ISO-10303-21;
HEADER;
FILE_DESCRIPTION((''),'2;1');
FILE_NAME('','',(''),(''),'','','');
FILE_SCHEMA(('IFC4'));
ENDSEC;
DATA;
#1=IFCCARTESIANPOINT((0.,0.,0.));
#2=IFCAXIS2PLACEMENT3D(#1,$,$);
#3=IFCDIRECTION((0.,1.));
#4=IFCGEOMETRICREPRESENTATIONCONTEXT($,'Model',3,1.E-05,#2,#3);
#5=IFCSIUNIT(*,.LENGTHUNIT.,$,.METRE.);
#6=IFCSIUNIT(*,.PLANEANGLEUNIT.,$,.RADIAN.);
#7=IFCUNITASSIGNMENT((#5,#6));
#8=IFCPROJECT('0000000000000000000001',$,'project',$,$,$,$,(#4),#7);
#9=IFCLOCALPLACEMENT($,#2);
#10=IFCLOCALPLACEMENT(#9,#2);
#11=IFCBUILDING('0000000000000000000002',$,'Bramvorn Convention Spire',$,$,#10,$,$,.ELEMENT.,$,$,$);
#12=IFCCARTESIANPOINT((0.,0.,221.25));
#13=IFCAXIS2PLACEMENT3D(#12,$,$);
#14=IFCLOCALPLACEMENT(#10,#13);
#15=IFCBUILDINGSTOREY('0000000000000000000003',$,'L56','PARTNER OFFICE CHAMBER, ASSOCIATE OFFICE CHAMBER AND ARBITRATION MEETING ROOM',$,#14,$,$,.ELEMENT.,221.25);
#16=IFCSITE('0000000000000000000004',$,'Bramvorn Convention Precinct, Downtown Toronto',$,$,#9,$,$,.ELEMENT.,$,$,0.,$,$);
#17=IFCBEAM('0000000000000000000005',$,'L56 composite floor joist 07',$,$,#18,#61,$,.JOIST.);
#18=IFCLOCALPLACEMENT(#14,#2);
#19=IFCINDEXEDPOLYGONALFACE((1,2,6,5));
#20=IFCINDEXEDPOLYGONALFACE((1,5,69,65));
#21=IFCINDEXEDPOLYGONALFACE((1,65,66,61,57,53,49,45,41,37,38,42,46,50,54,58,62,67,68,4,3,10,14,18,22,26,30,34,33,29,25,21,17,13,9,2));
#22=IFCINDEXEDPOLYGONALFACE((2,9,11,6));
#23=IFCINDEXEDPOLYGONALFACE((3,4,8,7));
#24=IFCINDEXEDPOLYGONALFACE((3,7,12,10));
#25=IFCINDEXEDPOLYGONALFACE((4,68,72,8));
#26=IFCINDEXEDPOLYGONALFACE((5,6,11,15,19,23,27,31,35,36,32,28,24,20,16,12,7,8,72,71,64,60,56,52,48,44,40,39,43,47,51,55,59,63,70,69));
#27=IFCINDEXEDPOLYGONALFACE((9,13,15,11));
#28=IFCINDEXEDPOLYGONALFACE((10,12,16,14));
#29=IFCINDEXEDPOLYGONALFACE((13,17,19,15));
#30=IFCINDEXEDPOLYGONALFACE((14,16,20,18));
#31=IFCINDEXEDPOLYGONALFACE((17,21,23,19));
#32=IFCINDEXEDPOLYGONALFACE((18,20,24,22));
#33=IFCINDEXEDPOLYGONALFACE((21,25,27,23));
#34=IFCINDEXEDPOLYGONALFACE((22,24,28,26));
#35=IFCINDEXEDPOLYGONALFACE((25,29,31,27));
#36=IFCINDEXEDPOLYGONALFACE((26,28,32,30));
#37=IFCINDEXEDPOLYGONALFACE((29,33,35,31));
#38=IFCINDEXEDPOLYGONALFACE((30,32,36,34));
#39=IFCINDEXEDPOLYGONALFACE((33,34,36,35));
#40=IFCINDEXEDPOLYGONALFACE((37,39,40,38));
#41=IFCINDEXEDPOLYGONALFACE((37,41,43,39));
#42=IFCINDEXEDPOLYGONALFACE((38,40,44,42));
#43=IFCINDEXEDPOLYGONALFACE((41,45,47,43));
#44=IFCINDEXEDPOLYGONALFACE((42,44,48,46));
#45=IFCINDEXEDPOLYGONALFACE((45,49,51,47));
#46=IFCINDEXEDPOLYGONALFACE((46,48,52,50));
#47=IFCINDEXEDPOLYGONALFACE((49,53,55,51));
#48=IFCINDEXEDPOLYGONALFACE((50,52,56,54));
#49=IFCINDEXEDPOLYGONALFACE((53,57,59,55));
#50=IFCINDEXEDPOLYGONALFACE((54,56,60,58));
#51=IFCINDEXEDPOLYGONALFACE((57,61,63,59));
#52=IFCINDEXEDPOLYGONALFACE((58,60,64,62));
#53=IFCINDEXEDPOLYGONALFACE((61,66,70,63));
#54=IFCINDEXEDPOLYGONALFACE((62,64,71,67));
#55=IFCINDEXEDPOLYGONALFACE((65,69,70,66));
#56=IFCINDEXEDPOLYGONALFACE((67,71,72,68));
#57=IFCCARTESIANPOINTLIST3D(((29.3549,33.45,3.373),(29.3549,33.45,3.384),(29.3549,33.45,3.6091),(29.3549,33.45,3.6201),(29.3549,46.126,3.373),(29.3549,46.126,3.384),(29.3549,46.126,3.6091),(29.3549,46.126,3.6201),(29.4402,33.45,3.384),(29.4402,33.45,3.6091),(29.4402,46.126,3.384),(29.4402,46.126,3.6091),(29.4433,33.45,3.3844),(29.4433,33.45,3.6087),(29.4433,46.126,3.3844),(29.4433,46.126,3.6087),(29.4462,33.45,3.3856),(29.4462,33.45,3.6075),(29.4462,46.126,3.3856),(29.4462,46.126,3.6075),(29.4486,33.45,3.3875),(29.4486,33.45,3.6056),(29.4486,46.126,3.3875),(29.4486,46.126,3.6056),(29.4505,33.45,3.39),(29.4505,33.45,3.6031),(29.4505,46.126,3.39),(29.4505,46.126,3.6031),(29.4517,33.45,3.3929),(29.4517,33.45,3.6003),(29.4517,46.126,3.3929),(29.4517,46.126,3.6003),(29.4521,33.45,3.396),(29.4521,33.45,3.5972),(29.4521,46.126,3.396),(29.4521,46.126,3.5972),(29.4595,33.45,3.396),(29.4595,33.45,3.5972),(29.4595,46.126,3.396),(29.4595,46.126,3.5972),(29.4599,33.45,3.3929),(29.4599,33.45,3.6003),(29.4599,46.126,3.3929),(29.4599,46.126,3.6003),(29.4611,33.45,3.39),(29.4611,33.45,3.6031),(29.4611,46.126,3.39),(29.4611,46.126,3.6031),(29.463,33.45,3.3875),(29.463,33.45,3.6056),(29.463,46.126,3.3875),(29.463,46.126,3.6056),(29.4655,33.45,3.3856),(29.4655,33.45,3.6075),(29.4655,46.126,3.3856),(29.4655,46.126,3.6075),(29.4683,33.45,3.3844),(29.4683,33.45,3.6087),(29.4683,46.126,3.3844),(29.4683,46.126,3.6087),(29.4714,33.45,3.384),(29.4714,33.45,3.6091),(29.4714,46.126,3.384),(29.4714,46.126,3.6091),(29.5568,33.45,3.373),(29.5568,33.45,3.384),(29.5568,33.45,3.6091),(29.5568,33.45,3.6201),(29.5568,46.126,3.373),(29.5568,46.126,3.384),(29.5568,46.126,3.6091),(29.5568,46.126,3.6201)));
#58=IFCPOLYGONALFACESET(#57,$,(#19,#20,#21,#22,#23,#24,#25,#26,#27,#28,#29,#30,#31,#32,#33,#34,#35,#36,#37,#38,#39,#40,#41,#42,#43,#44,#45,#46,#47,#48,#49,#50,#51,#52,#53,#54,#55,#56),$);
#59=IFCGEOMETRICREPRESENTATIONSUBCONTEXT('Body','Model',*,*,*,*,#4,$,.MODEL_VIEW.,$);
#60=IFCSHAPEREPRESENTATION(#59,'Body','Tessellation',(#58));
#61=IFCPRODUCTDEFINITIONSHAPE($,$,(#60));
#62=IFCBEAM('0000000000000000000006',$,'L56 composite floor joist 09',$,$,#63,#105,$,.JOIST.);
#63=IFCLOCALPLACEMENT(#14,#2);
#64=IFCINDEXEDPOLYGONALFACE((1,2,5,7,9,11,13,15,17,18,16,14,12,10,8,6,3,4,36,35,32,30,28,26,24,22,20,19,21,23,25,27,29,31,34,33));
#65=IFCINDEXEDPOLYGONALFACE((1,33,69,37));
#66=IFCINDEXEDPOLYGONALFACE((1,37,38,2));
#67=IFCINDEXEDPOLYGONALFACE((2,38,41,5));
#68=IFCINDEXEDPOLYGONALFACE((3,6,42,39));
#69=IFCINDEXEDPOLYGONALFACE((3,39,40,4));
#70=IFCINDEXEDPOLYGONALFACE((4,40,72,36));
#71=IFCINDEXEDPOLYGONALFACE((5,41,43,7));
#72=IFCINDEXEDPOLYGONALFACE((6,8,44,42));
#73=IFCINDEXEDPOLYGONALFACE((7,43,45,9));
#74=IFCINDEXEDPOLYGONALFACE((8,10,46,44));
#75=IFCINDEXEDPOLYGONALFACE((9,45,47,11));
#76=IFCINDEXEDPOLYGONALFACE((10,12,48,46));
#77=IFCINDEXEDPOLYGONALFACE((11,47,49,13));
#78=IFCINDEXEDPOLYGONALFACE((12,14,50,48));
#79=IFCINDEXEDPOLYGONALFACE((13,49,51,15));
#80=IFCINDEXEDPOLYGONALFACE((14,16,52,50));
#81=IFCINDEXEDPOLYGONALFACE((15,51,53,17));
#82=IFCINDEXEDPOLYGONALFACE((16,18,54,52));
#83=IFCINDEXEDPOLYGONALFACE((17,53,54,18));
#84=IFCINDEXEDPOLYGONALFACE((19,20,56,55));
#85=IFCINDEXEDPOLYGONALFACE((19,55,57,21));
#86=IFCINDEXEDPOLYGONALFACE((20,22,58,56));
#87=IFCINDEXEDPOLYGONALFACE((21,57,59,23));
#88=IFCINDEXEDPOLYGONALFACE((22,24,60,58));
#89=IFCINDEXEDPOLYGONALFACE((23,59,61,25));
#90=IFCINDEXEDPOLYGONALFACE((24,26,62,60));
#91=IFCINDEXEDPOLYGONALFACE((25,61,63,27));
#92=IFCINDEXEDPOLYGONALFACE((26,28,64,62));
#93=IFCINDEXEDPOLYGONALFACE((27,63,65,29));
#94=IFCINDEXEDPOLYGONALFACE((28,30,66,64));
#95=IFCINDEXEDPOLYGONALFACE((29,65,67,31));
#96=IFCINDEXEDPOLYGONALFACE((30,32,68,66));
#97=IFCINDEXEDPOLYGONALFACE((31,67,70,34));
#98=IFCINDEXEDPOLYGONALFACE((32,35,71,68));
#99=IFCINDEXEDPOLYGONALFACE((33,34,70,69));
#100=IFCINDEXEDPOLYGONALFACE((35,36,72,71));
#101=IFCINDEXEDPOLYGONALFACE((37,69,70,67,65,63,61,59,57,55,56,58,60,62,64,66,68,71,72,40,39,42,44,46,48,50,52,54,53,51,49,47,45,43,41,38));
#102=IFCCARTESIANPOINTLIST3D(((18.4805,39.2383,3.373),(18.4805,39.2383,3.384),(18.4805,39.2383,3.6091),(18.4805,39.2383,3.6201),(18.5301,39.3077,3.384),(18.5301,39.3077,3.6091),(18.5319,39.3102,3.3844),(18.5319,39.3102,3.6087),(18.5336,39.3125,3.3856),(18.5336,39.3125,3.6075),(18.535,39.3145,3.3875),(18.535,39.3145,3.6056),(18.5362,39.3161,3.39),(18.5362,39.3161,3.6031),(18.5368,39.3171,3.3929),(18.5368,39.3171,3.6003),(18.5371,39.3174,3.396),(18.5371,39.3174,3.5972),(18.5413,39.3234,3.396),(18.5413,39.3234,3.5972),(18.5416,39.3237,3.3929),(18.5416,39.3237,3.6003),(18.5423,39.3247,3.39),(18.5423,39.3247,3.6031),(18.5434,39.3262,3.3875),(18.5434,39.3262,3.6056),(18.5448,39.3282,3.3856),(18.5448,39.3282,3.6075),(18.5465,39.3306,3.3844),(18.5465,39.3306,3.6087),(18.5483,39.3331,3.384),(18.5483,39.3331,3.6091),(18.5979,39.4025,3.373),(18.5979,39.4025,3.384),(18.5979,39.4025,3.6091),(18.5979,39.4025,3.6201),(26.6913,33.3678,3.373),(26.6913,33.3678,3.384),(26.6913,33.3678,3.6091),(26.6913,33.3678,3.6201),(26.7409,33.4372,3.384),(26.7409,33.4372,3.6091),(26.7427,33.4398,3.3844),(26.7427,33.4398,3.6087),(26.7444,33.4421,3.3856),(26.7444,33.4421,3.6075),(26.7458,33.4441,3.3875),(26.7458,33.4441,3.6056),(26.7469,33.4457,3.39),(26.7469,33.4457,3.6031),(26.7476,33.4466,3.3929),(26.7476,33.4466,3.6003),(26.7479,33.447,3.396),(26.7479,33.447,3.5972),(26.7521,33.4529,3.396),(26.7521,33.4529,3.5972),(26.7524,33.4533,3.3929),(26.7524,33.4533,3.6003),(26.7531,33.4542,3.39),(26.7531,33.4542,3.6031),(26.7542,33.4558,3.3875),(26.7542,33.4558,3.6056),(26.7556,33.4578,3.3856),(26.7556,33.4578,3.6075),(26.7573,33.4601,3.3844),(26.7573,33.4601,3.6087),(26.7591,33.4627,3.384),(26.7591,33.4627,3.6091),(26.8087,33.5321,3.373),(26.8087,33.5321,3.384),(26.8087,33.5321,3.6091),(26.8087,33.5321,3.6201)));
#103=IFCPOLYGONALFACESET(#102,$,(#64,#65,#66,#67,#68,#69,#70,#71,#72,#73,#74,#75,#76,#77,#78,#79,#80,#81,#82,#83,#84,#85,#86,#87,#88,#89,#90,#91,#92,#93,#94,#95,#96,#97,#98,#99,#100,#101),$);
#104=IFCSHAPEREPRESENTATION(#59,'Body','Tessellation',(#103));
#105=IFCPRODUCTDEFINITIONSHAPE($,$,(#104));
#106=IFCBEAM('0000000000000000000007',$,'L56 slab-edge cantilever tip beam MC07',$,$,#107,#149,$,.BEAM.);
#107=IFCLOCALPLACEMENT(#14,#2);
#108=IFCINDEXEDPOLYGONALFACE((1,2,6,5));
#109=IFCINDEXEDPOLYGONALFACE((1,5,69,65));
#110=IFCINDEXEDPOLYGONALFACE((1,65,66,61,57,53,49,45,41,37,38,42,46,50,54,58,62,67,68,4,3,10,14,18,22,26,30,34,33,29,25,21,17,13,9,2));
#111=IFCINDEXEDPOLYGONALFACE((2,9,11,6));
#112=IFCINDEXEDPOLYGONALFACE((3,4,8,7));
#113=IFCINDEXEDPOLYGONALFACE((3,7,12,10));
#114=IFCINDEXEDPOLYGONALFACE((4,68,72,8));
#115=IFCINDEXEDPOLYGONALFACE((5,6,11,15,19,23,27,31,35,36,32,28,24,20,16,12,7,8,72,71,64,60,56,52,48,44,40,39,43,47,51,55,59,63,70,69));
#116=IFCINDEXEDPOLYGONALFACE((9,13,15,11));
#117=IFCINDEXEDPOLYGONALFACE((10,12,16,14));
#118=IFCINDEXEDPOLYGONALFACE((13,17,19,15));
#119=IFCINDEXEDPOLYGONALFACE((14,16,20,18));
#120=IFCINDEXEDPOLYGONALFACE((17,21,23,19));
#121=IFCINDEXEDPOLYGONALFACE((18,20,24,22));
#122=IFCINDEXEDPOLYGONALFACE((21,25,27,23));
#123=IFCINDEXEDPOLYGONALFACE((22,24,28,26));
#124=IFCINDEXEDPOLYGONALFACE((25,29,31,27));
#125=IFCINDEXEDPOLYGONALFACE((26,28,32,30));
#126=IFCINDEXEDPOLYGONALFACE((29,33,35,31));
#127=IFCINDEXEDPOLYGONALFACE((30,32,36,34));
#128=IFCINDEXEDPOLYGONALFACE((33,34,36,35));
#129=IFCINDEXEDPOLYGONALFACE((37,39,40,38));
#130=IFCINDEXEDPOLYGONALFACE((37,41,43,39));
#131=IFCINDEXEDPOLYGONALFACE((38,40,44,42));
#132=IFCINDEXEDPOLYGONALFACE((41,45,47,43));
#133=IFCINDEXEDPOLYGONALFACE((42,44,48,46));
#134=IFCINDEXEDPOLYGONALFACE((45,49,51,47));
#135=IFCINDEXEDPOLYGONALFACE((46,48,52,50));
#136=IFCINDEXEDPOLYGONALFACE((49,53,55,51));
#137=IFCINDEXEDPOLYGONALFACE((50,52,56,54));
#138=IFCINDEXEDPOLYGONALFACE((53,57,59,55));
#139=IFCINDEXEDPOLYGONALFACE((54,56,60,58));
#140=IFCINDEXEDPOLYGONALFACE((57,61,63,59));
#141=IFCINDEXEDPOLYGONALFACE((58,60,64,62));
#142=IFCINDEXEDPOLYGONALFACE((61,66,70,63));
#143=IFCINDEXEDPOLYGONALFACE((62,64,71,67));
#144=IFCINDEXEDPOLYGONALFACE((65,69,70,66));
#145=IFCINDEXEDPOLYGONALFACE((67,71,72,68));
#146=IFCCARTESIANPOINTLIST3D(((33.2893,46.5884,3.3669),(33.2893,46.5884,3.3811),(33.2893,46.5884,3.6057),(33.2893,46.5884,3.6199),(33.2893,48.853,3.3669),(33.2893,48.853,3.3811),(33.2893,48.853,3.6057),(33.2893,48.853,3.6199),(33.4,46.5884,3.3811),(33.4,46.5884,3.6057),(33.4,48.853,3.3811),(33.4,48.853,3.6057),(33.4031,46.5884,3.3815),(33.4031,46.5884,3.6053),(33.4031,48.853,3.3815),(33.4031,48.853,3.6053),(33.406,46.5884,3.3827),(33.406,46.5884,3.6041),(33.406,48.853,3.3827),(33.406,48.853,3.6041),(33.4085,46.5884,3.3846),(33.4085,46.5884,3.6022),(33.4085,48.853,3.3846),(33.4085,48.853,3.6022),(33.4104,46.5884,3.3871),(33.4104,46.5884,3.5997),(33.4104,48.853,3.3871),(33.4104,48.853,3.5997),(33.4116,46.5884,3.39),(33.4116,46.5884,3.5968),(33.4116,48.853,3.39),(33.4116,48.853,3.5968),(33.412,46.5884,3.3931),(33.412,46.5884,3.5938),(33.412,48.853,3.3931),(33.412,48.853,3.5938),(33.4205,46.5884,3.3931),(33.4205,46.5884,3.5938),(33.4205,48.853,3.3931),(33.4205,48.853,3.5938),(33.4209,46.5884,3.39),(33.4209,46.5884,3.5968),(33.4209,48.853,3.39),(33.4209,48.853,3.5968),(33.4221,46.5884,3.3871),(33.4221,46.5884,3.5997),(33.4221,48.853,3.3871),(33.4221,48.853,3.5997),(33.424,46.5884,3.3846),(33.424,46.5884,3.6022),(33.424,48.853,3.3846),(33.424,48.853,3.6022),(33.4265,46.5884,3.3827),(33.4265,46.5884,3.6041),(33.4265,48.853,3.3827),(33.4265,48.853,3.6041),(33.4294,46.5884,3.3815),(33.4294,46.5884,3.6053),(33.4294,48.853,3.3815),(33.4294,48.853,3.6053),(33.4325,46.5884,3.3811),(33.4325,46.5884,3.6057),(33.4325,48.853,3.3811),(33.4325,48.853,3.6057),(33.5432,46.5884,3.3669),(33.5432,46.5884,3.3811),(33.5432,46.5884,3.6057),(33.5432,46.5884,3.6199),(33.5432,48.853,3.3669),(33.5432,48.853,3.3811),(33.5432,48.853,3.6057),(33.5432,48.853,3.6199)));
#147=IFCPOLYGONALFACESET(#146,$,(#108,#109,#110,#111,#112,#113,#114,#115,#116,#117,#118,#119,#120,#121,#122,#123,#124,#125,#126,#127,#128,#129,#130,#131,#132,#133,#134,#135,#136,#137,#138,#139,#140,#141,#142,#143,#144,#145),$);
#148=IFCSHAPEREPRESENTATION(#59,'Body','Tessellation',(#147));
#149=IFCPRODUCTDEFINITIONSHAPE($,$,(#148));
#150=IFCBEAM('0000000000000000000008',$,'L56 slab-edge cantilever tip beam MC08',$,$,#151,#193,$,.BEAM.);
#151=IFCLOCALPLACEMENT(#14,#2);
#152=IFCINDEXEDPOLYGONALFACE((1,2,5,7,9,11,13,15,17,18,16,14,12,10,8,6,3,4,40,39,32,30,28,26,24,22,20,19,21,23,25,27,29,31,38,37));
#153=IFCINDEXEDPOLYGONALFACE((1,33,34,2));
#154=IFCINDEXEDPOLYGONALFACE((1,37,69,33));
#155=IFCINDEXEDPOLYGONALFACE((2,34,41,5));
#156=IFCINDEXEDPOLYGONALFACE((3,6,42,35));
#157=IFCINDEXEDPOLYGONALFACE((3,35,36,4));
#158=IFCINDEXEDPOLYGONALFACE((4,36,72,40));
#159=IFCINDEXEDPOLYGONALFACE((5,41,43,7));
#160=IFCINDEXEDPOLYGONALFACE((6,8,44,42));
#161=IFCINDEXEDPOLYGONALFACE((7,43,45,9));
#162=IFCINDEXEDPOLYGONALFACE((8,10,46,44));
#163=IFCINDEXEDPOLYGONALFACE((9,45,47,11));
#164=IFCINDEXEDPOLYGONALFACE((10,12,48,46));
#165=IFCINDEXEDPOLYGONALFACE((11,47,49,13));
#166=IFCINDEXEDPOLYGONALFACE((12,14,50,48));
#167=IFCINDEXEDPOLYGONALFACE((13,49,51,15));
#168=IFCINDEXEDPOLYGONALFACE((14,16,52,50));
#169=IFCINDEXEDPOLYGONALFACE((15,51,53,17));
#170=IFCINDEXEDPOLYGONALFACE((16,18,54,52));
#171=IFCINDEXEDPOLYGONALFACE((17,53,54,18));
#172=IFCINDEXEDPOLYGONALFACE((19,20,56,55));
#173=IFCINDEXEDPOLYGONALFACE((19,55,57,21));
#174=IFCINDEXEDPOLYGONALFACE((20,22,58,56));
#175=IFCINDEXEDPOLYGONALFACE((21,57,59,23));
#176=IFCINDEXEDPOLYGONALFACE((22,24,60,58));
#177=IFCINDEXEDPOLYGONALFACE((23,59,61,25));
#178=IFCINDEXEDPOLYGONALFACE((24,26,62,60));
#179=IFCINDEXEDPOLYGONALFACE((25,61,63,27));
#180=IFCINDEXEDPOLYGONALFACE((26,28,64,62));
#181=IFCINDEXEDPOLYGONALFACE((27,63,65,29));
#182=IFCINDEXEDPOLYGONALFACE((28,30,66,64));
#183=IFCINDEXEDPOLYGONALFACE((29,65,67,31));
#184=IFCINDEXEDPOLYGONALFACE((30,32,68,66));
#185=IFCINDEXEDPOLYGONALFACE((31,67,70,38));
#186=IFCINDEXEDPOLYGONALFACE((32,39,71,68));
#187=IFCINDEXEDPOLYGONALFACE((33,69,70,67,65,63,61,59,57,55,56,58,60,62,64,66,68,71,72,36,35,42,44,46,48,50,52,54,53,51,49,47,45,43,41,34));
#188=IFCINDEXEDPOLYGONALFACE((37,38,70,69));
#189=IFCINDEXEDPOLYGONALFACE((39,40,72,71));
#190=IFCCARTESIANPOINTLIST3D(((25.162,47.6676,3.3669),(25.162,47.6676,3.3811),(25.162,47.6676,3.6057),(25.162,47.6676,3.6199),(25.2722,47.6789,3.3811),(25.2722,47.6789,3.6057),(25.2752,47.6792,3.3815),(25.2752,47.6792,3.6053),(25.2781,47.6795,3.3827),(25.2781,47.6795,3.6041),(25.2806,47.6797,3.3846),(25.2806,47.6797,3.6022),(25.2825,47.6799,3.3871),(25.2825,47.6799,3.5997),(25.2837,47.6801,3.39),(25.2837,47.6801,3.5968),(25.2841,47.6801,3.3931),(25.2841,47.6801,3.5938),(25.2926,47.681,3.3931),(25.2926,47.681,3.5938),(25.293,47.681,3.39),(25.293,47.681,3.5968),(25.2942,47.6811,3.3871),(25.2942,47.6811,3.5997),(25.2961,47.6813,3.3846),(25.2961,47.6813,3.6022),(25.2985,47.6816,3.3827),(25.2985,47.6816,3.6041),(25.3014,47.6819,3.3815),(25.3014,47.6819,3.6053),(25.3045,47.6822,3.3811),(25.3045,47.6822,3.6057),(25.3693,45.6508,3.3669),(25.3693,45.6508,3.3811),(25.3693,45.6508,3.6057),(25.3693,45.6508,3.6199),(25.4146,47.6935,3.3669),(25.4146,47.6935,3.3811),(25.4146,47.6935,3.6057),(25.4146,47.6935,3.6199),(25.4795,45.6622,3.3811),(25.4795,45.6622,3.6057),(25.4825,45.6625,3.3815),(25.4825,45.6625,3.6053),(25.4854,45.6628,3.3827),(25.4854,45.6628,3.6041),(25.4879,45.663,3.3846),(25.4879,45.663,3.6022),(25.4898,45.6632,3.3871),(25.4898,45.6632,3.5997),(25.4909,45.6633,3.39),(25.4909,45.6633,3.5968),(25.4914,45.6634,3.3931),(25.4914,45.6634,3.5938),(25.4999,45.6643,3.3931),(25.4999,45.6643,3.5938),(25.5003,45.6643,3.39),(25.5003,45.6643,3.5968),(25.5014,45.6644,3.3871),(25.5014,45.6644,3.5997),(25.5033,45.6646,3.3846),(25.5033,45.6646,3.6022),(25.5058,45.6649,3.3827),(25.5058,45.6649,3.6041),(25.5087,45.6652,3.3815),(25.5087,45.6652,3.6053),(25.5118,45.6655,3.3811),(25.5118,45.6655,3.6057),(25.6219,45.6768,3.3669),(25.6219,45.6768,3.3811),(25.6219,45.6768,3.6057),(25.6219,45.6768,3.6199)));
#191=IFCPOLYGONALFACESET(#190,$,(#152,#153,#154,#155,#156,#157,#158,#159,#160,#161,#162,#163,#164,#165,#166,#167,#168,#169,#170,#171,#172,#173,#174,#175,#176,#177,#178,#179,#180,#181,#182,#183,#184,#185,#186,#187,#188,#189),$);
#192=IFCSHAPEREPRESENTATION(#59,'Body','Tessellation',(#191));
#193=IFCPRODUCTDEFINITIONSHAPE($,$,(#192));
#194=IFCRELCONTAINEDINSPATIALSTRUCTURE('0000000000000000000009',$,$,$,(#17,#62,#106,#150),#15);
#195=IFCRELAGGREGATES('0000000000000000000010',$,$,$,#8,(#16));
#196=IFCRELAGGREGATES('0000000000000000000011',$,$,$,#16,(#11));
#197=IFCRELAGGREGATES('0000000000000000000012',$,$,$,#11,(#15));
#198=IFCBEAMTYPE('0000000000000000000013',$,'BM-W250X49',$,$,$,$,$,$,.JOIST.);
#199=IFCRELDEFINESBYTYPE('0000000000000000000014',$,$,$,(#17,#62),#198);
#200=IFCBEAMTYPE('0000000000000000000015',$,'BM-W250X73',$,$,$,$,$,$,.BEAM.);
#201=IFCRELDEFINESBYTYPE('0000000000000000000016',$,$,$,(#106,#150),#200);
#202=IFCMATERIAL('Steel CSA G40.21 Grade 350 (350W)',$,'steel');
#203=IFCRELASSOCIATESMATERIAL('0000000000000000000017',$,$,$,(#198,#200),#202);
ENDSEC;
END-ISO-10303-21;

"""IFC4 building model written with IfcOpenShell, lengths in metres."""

from ifc_helpers import new_model, si_unit, direction, frame, origin, origin_2d, place, context, subcontext, project, spatial, i_section, extrude, material, material_profile, profile_set, type_object, element, save


model = new_model("IFC4")

# Units and contexts
model_context = context("Model", 3, precision=1e-05, world=origin(), true_north=direction((0.0, 1.0)))
body_context = subcontext(model_context, "Body", "Model", "MODEL_VIEW")
ifc_project = project(units=[si_unit("LENGTHUNIT", "METRE"), si_unit("PLANEANGLEUNIT", "RADIAN")], contexts=[model_context])

# Site, building, storey
site_placement = place(None, origin())
site = spatial("IfcSite", under=ifc_project, at=site_placement, Name="Bramvorn Convention Precinct, Downtown Toronto", CompositionType="ELEMENT", RefElevation=0.0)
building_placement = place(site_placement, origin())
building = spatial("IfcBuilding", under=site, at=building_placement, Name="Bramvorn Convention Spire", CompositionType="ELEMENT")
storey_placement = place(building_placement, frame((0.0, 0.0, 221.25)))
storey = spatial("IfcBuildingStorey", under=building, at=storey_placement, Name="L56", Description="PARTNER OFFICE CHAMBER, ASSOCIATE OFFICE CHAMBER AND ARBITRATION MEETING ROOM", CompositionType="ELEMENT", Elevation=221.25)

# Shared definitions
ifc_material_1 = material(Name="Steel CSA G40.21 Grade 350 (350W)", Category="steel")

# Beams
ifc_material_profile_1 = material_profile(ifc_material_1, i_section(OverallWidth=0.2019, OverallDepth=0.2471, WebThickness=0.0073, FlangeThickness=0.011, FilletRadius=0.012, at=origin_2d()))
ifc_profile_set_1 = profile_set([ifc_material_profile_1], Name="Steel CSA G40.21 Grade 350 (350W) - W250X49")
beam_type_1 = type_object("IfcBeamType", Name="BM-W250X49", PredefinedType="JOIST", material=ifc_profile_set_1)
beam_1_placement = place(storey_placement, frame((29.4558, 33.45, 3.4966), z_axis=(0.0, 1.0, 0.0), x_axis=(-1.0, 0.0, 0.0)))
element("IfcBeam", 1, at=beam_1_placement, inside=storey, type_object=beam_type_1, Name="L56 composite floor joist 07", PredefinedType="JOIST", context=body_context, shape_type="SweptSolid", body=[
    extrude(i_section(OverallWidth=0.2019, OverallDepth=0.2471, WebThickness=0.0073, FlangeThickness=0.011, FilletRadius=0.012, at=origin_2d()), origin(), (0.0, 0.0, 1.0), 12.676),
])
beam_2_placement = place(storey_placement, frame((26.75, 33.45, 3.4966), z_axis=(-0.813472, 0.581604, 0.0), x_axis=(-0.581604, -0.813472, 0.0)))
element("IfcBeam", 2, at=beam_2_placement, inside=storey, type_object=beam_type_1, Name="L56 composite floor joist 09", PredefinedType="JOIST", context=body_context, shape_type="SweptSolid", body=[
    extrude(i_section(OverallWidth=0.2019, OverallDepth=0.2471, WebThickness=0.0073, FlangeThickness=0.011, FilletRadius=0.012, at=origin_2d()), origin(), (0.0, 0.0, 1.0), 10.0935),
])
ifc_material_profile_2 = material_profile(ifc_material_1, i_section(OverallWidth=0.2539, OverallDepth=0.2529, WebThickness=0.0085, FlangeThickness=0.0142, FilletRadius=0.012, at=origin_2d()))
ifc_profile_set_2 = profile_set([ifc_material_profile_2], Name="Steel CSA G40.21 Grade 350 (350W) - W250X73")
beam_type_2 = type_object("IfcBeamType", Name="BM-W250X73", PredefinedType="BEAM", material=ifc_profile_set_2)
beam_3_placement = place(storey_placement, frame((33.4163, 46.5884, 3.4934), z_axis=(0.0, 1.0, 0.0), x_axis=(-1.0, 0.0, 0.0)))
element("IfcBeam", 3, at=beam_3_placement, inside=storey, type_object=beam_type_2, Name="L56 slab-edge cantilever tip beam MC07", PredefinedType="BEAM", context=body_context, shape_type="SweptSolid", body=[
    extrude(i_section(OverallWidth=0.2539, OverallDepth=0.2529, WebThickness=0.0085, FlangeThickness=0.0142, FilletRadius=0.012, at=origin_2d()), origin(), (0.0, 0.0, 1.0), 2.2646),
])
beam_4_placement = place(storey_placement, frame((25.4956, 45.6638, 3.4934), z_axis=(-0.102246, 0.994759, 0.0), x_axis=(-0.994759, -0.102246, 0.0)))
element("IfcBeam", 4, at=beam_4_placement, inside=storey, type_object=beam_type_2, Name="L56 slab-edge cantilever tip beam MC08", PredefinedType="BEAM", context=body_context, shape_type="SweptSolid", body=[
    extrude(i_section(OverallWidth=0.2539, OverallDepth=0.2529, WebThickness=0.0085, FlangeThickness=0.0142, FilletRadius=0.012, at=origin_2d()), origin(), (0.0, 0.0, 1.0), 2.0273),
])

save(model, "model.ifc")
